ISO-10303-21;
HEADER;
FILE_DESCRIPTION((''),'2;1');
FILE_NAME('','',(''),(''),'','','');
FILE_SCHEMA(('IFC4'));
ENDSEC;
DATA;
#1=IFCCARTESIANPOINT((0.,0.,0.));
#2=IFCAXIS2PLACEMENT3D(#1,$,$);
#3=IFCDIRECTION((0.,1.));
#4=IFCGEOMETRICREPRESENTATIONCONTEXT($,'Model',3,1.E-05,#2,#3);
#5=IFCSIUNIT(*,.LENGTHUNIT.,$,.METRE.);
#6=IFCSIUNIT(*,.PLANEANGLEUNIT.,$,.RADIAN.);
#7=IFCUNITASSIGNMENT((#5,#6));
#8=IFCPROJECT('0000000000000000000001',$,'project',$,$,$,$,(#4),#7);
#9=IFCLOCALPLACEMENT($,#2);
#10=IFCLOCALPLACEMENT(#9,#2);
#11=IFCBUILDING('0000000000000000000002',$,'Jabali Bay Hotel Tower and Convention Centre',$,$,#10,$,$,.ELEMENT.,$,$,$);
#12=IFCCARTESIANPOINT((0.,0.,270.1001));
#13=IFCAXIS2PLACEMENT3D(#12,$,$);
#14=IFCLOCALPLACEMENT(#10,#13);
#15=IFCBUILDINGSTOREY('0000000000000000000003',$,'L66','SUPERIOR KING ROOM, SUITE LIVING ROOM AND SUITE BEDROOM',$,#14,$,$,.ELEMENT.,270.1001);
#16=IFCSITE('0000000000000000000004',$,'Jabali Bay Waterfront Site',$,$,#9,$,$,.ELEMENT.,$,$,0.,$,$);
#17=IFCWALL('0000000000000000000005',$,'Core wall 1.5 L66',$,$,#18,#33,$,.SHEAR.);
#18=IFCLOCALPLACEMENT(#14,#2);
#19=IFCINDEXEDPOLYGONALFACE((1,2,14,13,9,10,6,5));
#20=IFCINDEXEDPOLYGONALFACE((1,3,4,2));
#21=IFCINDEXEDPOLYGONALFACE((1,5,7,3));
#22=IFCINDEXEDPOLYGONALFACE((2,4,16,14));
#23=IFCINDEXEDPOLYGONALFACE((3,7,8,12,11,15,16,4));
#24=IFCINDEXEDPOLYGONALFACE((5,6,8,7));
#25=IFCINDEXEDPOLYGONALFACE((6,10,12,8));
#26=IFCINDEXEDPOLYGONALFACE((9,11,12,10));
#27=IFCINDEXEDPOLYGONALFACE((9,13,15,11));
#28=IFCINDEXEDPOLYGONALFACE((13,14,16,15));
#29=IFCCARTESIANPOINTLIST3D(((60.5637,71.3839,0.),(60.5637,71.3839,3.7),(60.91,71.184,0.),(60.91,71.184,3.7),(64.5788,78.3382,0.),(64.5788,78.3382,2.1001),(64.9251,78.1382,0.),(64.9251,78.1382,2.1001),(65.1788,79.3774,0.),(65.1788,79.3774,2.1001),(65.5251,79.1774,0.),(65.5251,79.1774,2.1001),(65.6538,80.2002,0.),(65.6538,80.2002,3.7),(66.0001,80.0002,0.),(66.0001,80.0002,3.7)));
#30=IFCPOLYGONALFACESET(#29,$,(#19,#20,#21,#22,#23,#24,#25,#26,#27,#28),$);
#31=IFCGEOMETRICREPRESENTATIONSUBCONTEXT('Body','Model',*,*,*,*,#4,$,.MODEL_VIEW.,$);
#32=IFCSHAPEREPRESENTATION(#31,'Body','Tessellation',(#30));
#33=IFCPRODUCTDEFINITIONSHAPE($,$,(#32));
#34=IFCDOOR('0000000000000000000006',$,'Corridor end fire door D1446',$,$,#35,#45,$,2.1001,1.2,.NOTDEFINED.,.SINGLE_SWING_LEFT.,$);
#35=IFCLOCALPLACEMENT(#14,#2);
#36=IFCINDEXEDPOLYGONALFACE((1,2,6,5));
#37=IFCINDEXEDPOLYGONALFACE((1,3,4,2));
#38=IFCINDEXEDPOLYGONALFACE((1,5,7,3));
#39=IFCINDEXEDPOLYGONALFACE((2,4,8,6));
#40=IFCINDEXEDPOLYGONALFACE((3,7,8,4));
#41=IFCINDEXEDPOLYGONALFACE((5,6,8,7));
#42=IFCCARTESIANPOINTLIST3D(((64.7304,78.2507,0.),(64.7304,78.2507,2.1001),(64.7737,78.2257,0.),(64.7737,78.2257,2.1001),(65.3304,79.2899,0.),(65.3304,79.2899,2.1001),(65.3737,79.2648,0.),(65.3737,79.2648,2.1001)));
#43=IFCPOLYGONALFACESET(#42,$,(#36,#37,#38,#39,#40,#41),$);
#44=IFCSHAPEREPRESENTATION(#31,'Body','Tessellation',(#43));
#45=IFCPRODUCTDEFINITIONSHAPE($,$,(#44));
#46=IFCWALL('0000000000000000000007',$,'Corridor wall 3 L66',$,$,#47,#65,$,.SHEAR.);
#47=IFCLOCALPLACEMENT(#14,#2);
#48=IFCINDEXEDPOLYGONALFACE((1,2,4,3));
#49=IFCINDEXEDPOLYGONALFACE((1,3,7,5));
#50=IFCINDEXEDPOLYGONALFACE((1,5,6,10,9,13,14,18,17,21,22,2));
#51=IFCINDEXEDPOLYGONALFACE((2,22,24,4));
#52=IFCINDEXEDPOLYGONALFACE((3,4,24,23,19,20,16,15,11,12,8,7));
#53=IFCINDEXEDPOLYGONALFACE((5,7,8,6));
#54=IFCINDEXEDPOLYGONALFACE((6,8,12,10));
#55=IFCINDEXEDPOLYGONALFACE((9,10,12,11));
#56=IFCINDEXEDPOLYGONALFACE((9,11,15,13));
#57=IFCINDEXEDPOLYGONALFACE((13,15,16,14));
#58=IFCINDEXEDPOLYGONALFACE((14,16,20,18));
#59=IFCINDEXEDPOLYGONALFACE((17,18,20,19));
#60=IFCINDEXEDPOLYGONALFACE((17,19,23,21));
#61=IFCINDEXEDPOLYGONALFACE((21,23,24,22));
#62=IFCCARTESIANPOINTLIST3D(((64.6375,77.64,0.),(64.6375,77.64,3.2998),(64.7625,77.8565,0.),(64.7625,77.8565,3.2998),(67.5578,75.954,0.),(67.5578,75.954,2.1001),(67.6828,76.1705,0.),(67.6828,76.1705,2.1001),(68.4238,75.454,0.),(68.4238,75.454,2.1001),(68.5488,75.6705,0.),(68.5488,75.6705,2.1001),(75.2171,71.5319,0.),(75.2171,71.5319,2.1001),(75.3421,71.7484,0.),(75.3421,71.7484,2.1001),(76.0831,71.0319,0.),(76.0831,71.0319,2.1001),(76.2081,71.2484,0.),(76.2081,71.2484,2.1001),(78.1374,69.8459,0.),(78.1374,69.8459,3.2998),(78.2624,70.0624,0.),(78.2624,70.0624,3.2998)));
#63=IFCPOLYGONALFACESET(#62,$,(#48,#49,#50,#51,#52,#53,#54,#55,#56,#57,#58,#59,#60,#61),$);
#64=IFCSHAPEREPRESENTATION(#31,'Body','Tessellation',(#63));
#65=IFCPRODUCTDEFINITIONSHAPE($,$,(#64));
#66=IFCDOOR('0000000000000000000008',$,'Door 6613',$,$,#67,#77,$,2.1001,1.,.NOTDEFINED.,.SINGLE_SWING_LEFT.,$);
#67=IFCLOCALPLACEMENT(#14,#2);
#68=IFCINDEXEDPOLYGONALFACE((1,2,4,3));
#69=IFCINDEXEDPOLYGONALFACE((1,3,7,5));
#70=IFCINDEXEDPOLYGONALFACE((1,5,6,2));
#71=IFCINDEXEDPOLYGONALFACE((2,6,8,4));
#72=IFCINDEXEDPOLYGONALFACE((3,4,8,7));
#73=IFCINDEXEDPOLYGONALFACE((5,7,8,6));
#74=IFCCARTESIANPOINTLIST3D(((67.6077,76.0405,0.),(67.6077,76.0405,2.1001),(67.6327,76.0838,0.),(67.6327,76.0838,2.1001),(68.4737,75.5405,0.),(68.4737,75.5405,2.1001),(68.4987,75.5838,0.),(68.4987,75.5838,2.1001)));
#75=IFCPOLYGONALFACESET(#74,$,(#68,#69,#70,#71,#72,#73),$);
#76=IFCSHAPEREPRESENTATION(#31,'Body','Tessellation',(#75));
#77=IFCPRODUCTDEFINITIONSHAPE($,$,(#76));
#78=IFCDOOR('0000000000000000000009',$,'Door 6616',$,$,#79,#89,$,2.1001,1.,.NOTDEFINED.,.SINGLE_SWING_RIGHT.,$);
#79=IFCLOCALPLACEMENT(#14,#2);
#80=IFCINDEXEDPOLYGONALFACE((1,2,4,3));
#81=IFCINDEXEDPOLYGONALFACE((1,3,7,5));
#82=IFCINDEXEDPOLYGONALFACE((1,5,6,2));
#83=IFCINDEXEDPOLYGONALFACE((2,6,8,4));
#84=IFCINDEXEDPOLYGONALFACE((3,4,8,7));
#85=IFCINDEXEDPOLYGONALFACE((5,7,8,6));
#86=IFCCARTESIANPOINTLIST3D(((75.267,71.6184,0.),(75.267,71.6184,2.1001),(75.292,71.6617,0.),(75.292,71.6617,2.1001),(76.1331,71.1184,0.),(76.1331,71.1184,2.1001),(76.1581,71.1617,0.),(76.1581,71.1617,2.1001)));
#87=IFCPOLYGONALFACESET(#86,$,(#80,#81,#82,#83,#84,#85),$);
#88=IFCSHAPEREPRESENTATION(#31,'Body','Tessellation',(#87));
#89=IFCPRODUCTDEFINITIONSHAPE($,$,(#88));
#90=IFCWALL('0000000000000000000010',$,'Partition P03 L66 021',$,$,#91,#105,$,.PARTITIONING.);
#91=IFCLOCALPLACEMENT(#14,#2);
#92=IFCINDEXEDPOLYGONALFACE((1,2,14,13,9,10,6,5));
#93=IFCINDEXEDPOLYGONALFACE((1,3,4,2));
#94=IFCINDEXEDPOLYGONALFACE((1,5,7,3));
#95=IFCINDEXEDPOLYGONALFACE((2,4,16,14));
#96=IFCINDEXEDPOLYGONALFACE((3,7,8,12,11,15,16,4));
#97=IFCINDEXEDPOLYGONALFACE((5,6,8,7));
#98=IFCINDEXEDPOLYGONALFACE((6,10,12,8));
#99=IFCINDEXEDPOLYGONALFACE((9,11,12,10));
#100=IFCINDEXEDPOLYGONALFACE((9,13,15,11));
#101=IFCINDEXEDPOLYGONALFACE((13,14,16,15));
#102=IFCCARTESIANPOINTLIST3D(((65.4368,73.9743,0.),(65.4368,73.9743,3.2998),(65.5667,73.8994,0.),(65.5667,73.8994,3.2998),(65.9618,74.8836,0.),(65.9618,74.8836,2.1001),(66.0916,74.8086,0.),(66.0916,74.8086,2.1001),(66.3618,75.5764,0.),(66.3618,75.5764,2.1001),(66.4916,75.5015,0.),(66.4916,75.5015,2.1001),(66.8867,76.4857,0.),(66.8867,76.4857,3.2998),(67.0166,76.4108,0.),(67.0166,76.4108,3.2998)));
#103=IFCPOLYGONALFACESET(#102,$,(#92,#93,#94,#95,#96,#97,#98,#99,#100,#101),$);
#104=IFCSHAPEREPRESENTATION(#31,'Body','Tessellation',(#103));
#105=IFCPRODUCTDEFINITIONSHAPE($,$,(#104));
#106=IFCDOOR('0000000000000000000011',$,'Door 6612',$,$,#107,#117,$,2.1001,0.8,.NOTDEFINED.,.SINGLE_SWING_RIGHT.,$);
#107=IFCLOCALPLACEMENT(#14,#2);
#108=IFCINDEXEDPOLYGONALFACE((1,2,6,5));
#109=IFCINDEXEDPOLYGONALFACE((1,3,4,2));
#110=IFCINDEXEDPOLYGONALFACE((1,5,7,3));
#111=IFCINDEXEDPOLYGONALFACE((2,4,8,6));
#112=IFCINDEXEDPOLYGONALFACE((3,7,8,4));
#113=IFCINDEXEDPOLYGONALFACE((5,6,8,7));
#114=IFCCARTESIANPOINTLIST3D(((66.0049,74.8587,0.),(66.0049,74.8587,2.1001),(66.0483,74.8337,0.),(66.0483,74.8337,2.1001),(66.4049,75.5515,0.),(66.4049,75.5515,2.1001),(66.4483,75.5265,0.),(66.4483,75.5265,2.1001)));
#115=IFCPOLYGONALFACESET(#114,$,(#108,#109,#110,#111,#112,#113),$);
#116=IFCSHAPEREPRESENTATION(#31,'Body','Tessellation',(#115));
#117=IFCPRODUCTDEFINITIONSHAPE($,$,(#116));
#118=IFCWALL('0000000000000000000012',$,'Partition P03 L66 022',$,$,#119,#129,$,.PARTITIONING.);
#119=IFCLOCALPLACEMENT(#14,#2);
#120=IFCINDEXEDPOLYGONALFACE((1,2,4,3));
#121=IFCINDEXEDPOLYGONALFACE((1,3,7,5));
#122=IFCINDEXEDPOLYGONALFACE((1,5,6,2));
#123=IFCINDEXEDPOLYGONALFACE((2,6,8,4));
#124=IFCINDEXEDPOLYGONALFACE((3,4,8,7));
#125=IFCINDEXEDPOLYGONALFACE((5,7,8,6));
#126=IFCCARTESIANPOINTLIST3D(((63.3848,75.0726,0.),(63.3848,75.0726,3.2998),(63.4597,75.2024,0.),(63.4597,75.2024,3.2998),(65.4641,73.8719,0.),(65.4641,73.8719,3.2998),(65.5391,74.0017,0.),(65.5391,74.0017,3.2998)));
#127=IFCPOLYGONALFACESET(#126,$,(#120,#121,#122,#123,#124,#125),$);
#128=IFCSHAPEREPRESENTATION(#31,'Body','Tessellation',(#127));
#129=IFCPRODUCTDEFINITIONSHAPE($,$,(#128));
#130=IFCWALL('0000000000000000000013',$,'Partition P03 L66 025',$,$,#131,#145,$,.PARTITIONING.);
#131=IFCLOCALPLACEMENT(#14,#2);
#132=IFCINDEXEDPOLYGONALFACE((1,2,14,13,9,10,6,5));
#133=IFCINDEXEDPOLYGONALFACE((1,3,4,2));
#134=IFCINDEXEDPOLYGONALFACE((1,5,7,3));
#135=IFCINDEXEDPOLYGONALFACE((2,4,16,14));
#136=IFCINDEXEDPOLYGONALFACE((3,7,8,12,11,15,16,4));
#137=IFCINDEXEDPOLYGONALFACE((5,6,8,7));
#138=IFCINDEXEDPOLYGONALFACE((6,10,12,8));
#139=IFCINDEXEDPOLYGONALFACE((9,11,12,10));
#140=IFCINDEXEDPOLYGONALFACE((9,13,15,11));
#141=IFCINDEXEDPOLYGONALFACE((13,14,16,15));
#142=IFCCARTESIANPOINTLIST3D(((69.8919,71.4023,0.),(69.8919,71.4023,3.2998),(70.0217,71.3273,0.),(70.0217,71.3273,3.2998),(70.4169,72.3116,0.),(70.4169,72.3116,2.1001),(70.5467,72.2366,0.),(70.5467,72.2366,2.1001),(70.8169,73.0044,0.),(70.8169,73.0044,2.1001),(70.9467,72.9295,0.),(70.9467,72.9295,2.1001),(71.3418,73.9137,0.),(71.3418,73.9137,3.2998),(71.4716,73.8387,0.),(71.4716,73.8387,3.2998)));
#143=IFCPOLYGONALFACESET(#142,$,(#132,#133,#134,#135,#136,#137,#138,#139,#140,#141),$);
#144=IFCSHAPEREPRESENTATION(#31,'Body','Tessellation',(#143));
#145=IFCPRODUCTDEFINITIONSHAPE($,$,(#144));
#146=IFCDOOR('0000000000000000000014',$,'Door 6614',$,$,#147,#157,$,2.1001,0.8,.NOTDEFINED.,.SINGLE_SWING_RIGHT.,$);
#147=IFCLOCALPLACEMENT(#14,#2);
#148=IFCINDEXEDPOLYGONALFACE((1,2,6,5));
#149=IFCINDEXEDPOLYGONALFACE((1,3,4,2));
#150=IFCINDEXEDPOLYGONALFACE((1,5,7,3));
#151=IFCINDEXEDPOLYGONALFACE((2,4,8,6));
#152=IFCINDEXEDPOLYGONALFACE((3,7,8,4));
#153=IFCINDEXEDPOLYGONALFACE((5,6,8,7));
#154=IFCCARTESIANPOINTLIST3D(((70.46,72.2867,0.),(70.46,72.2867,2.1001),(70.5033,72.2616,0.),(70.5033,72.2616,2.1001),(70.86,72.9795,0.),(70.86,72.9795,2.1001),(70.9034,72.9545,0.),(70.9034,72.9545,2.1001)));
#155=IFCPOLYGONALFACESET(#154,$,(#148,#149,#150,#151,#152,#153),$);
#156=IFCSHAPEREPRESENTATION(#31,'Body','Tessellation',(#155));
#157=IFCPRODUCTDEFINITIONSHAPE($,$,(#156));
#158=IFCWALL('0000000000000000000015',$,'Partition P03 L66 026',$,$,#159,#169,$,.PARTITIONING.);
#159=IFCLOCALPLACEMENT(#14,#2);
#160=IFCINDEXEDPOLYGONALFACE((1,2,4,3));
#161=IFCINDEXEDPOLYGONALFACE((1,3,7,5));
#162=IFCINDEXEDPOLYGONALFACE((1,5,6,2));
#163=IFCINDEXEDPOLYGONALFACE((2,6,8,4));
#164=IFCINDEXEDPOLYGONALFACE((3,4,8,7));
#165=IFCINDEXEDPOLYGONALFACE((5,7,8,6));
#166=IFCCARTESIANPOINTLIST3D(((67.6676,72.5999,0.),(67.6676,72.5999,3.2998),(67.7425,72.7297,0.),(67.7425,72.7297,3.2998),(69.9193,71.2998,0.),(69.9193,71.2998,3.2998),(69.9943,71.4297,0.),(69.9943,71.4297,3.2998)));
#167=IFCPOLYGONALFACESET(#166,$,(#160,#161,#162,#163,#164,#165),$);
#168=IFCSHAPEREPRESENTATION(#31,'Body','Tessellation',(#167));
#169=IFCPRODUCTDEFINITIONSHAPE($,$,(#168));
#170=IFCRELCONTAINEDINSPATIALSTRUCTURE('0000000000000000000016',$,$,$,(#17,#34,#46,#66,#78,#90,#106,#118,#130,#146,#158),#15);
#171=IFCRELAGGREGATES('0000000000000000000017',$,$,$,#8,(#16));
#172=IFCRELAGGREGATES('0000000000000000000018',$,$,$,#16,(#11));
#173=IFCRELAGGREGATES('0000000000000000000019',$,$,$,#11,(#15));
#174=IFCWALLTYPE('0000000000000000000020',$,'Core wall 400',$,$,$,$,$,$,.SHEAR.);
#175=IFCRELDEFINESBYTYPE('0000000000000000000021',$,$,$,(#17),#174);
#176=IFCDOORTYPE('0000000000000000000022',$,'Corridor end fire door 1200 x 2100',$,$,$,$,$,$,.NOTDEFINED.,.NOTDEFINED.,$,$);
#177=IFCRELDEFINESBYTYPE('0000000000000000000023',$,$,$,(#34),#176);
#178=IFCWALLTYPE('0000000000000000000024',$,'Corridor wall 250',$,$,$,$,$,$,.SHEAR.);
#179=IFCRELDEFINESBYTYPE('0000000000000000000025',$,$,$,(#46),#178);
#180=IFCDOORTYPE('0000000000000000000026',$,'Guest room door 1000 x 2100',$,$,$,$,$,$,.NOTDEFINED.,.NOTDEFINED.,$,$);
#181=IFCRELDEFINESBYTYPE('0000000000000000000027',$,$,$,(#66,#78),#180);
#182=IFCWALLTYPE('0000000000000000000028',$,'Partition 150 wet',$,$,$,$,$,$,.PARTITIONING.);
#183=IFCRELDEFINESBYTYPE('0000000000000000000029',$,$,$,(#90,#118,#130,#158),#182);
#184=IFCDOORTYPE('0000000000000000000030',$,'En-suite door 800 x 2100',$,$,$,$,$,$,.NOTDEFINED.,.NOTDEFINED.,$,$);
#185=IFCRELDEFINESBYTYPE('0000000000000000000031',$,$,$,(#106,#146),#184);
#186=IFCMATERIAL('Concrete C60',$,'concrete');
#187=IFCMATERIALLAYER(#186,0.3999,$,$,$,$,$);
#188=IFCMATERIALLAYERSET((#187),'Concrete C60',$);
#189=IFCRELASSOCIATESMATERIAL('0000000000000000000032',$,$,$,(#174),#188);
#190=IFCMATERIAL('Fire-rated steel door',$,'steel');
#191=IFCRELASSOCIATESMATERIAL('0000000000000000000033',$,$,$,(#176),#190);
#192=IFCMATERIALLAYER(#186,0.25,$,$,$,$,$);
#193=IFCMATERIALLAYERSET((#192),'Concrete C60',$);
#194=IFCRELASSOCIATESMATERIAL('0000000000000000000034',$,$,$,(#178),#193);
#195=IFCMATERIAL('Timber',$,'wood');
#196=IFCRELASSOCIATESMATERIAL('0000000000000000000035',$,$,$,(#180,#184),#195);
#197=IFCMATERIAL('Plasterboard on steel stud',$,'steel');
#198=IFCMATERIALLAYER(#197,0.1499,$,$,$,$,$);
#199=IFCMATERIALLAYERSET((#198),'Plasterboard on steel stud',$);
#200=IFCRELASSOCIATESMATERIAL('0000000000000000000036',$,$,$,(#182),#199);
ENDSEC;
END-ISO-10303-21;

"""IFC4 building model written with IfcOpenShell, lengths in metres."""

from ifc_helpers import new_model, si_unit, direction, frame, frame_2d, origin, place, context, subcontext, project, spatial, rectangle, extrude, material, layer, layer_set, type_object, element, fill, save


model = new_model("IFC4")

# Units and contexts
model_context = context("Model", 3, precision=1e-05, world=origin(), true_north=direction((0.0, 1.0)))
body_context = subcontext(model_context, "Body", "Model", "MODEL_VIEW")
ifc_project = project(units=[si_unit("LENGTHUNIT", "METRE"), si_unit("PLANEANGLEUNIT", "RADIAN")], contexts=[model_context])

# Site, building, storey
site_placement = place(None, origin())
site = spatial("IfcSite", under=ifc_project, at=site_placement, Name="Jabali Bay Waterfront Site", CompositionType="ELEMENT", RefElevation=0.0)
building_placement = place(site_placement, origin())
building = spatial("IfcBuilding", under=site, at=building_placement, Name="Jabali Bay Hotel Tower and Convention Centre", CompositionType="ELEMENT")
storey_placement = place(building_placement, frame((0.0, 0.0, 270.1001)))
storey = spatial("IfcBuildingStorey", under=building, at=storey_placement, Name="L66", Description="SUPERIOR KING ROOM, SUITE LIVING ROOM AND SUITE BEDROOM", CompositionType="ELEMENT", Elevation=270.1001)

# Shared definitions
ifc_material_1 = material(Name="Fire-rated steel door", Category="steel")

# Wall, opening, door
ifc_material_2 = material(Name="Concrete C60", Category="concrete")
ifc_layer_1 = layer(ifc_material_2, 0.3999)
ifc_layer_set_1 = layer_set([ifc_layer_1], Name="Concrete C60")
wall_type_1 = type_object("IfcWallType", Name="Core wall 400", PredefinedType="SHEAR", material=ifc_layer_set_1)
wall_1_placement = place(storey_placement, frame((60.7368, 71.2839, 0.0), z_axis=(0.0, 0.0, 1.0), x_axis=(0.500005, 0.866022, 0.0)))
wall_1 = element("IfcWall", 1, at=wall_1_placement, inside=storey, type_object=wall_type_1, Name="Core wall 1.5 L66", PredefinedType="SHEAR", context=body_context, shape_type="SweptSolid", body=[
    extrude(rectangle(XDim=10.1802, YDim=0.3999, at=frame_2d((5.0901, 0.0))), origin(), (0.0, 0.0, 1.0), 3.7),
])
opening_1_placement = place(wall_1_placement, frame((8.03, 0.0, 0.0)))
opening_1 = element("IfcOpeningElement", 2, at=opening_1_placement, cuts=wall_1, PredefinedType="OPENING", context=body_context, shape_type="SweptSolid", body=[
    extrude(rectangle(XDim=1.2, YDim=2.1001, at=frame_2d((0.6001, 1.05))), frame((0.0, 0.2104, 0.0), z_axis=(0.0, -1.0, 0.0), x_axis=(1.0, 0.0, 0.0)), (0.0, 0.0, 1.0), 0.4209),
])
door_type_1 = type_object("IfcDoorType", Name="Corridor end fire door 1200 x 2100", OperationType="NOTDEFINED", PredefinedType="NOTDEFINED", material=ifc_material_1)
door_1_placement = place(opening_1_placement, origin())
door_1 = element("IfcDoor", 3, at=door_1_placement, inside=storey, type_object=door_type_1, Name="Corridor end fire door D1446", OperationType="SINGLE_SWING_LEFT", OverallHeight=2.1001, OverallWidth=1.2, PredefinedType="NOTDEFINED", context=body_context, shape_type="SweptSolid", body=[
    extrude(rectangle(XDim=1.2, YDim=2.1001, at=frame_2d((0.6001, 1.05))), frame((0.0, 0.0249, 0.0), z_axis=(0.0, -1.0, 0.0), x_axis=(1.0, 0.0, 0.0)), (0.0, 0.0, 1.0), 0.05),
])
fill(opening_1, door_1)

# Wall, openings, doors
ifc_layer_2 = layer(ifc_material_2, 0.25)
ifc_layer_set_2 = layer_set([ifc_layer_2], Name="Concrete C60")
wall_type_2 = type_object("IfcWallType", Name="Corridor wall 250", PredefinedType="SHEAR", material=ifc_layer_set_2)
wall_2_placement = place(storey_placement, frame((64.7, 77.7483, 0.0), z_axis=(0.0, 0.0, 1.0), x_axis=(0.866026, -0.499998, 0.0)))
wall_2 = element("IfcWall", 4, at=wall_2_placement, inside=storey, type_object=wall_type_2, Name="Corridor wall 3 L66", PredefinedType="SHEAR", context=body_context, shape_type="SweptSolid", body=[
    extrude(rectangle(XDim=15.5884, YDim=0.25, at=frame_2d((7.7942, 0.0))), origin(), (0.0, 0.0, 1.0), 3.2998),
])
opening_2_placement = place(wall_2_placement, frame((3.3721, 0.0, 0.0)))
opening_2 = element("IfcOpeningElement", 5, at=opening_2_placement, cuts=wall_2, PredefinedType="OPENING", context=body_context, shape_type="SweptSolid", body=[
    extrude(rectangle(XDim=1.0, YDim=2.1001, at=frame_2d((0.5, 1.05))), frame((0.0, 0.1355, 0.0), z_axis=(0.0, -1.0, 0.0), x_axis=(1.0, 0.0, 0.0)), (0.0, 0.0, 1.0), 0.271),
])
opening_3_placement = place(wall_2_placement, frame((12.2163, 0.0, 0.0)))
opening_3 = element("IfcOpeningElement", 6, at=opening_3_placement, cuts=wall_2, PredefinedType="OPENING", context=body_context, shape_type="SweptSolid", body=[
    extrude(rectangle(XDim=1.0, YDim=2.1001, at=frame_2d((0.5, 1.05))), frame((0.0, 0.1355, 0.0), z_axis=(0.0, -1.0, 0.0), x_axis=(1.0, 0.0, 0.0)), (0.0, 0.0, 1.0), 0.271),
])
ifc_material_3 = material(Name="Timber", Category="wood")
door_type_2 = type_object("IfcDoorType", Name="Guest room door 1000 x 2100", OperationType="NOTDEFINED", PredefinedType="NOTDEFINED", material=ifc_material_3)
door_2_placement = place(opening_2_placement, origin())
door_2 = element("IfcDoor", 7, at=door_2_placement, inside=storey, type_object=door_type_2, Name="Door 6613", OperationType="SINGLE_SWING_LEFT", OverallHeight=2.1001, OverallWidth=1.0, PredefinedType="NOTDEFINED", context=body_context, shape_type="SweptSolid", body=[
    extrude(rectangle(XDim=1.0, YDim=2.1001, at=frame_2d((0.5, 1.05))), frame((0.0, 0.0249, 0.0), z_axis=(0.0, -1.0, 0.0), x_axis=(1.0, 0.0, 0.0)), (0.0, 0.0, 1.0), 0.05),
])
fill(opening_2, door_2)
door_3_placement = place(opening_3_placement, origin())
door_3 = element("IfcDoor", 8, at=door_3_placement, inside=storey, type_object=door_type_2, Name="Door 6616", OperationType="SINGLE_SWING_RIGHT", OverallHeight=2.1001, OverallWidth=1.0, PredefinedType="NOTDEFINED", context=body_context, shape_type="SweptSolid", body=[
    extrude(rectangle(XDim=1.0, YDim=2.1001, at=frame_2d((0.5, 1.05))), frame((0.0, 0.0249, 0.0), z_axis=(0.0, -1.0, 0.0), x_axis=(1.0, 0.0, 0.0)), (0.0, 0.0, 1.0), 0.05),
])
fill(opening_3, door_3)

# Wall, opening, door
ifc_material_4 = material(Name="Plasterboard on steel stud", Category="steel")
ifc_layer_3 = layer(ifc_material_4, 0.1499)
ifc_layer_set_3 = layer_set([ifc_layer_3], Name="Plasterboard on steel stud")
wall_type_3 = type_object("IfcWallType", Name="Partition 150 wet", PredefinedType="PARTITIONING", material=ifc_layer_set_3)
wall_3_placement = place(storey_placement, frame((66.9517, 76.4482, 0.0), z_axis=(0.0, 0.0, 1.0), x_axis=(-0.499987, -0.866033, 0.0)))
wall_3 = element("IfcWall", 9, at=wall_3_placement, inside=storey, type_object=wall_type_3, Name="Partition P03 L66 021", PredefinedType="PARTITIONING", context=body_context, shape_type="SweptSolid", body=[
    extrude(rectangle(XDim=2.8999, YDim=0.1499, at=frame_2d((1.45, 0.0))), origin(), (0.0, 0.0, 1.0), 3.2998),
])
opening_4_placement = place(wall_3_placement, frame((1.05, 0.0, 0.0)))
opening_4 = element("IfcOpeningElement", 10, at=opening_4_placement, cuts=wall_3, PredefinedType="OPENING", context=body_context, shape_type="SweptSolid", body=[
    extrude(rectangle(XDim=0.8, YDim=2.1001, at=frame_2d((0.3999, 1.05))), frame((0.0, 0.0854, 0.0), z_axis=(0.0, -1.0, 0.0), x_axis=(1.0, 0.0, 0.0)), (0.0, 0.0, 1.0), 0.1709),
])
door_type_3 = type_object("IfcDoorType", Name="En-suite door 800 x 2100", OperationType="NOTDEFINED", PredefinedType="NOTDEFINED", material=ifc_material_3)
door_4_placement = place(opening_4_placement, origin())
door_4 = element("IfcDoor", 11, at=door_4_placement, inside=storey, type_object=door_type_3, Name="Door 6612", OperationType="SINGLE_SWING_RIGHT", OverallHeight=2.1001, OverallWidth=0.8, PredefinedType="NOTDEFINED", context=body_context, shape_type="SweptSolid", body=[
    extrude(rectangle(XDim=0.8, YDim=2.1001, at=frame_2d((0.3999, 1.05))), frame((0.0, 0.0249, 0.0), z_axis=(0.0, -1.0, 0.0), x_axis=(1.0, 0.0, 0.0)), (0.0, 0.0, 1.0), 0.05),
])
fill(opening_4, door_4)

# Wall
wall_4_placement = place(storey_placement, frame((65.5017, 73.9368, 0.0), z_axis=(0.0, 0.0, 1.0), x_axis=(-0.865994, 0.500054, 0.0)))
element("IfcWall", 12, at=wall_4_placement, inside=storey, type_object=wall_type_3, Name="Partition P03 L66 022", PredefinedType="PARTITIONING", context=body_context, shape_type="SweptSolid", body=[
    extrude(rectangle(XDim=2.4011, YDim=0.1499, at=frame_2d((1.2007, 0.0))), origin(), (0.0, 0.0, 1.0), 3.2998),
])

# Wall, opening, door
wall_5_placement = place(storey_placement, frame((71.4067, 73.8762, 0.0), z_axis=(0.0, 0.0, 1.0), x_axis=(-0.499987, -0.866033, 0.0)))
wall_5 = element("IfcWall", 13, at=wall_5_placement, inside=storey, type_object=wall_type_3, Name="Partition P03 L66 025", PredefinedType="PARTITIONING", context=body_context, shape_type="SweptSolid", body=[
    extrude(rectangle(XDim=2.8999, YDim=0.1499, at=frame_2d((1.45, 0.0))), origin(), (0.0, 0.0, 1.0), 3.2998),
])
opening_5_placement = place(wall_5_placement, frame((1.05, 0.0, 0.0)))
opening_5 = element("IfcOpeningElement", 14, at=opening_5_placement, cuts=wall_5, PredefinedType="OPENING", context=body_context, shape_type="SweptSolid", body=[
    extrude(rectangle(XDim=0.8, YDim=2.1001, at=frame_2d((0.3999, 1.05))), frame((0.0, 0.0854, 0.0), z_axis=(0.0, -1.0, 0.0), x_axis=(1.0, 0.0, 0.0)), (0.0, 0.0, 1.0), 0.1709),
])
door_5_placement = place(opening_5_placement, origin())
door_5 = element("IfcDoor", 15, at=door_5_placement, inside=storey, type_object=door_type_3, Name="Door 6614", OperationType="SINGLE_SWING_RIGHT", OverallHeight=2.1001, OverallWidth=0.8, PredefinedType="NOTDEFINED", context=body_context, shape_type="SweptSolid", body=[
    extrude(rectangle(XDim=0.8, YDim=2.1001, at=frame_2d((0.3999, 1.05))), frame((0.0, 0.0249, 0.0), z_axis=(0.0, -1.0, 0.0), x_axis=(1.0, 0.0, 0.0)), (0.0, 0.0, 1.0), 0.05),
])
fill(opening_5, door_5)

# Wall
wall_6_placement = place(storey_placement, frame((69.9568, 71.3647, 0.0), z_axis=(0.0, 0.0, 1.0), x_axis=(-0.866021, 0.500007, 0.0)))
element("IfcWall", 16, at=wall_6_placement, inside=storey, type_object=wall_type_3, Name="Partition P03 L66 026", PredefinedType="PARTITIONING", context=body_context, shape_type="SweptSolid", body=[
    extrude(rectangle(XDim=2.6001, YDim=0.1499, at=frame_2d((1.3, 0.0))), origin(), (0.0, 0.0, 1.0), 3.2998),
])

save(model, "model.ifc")
